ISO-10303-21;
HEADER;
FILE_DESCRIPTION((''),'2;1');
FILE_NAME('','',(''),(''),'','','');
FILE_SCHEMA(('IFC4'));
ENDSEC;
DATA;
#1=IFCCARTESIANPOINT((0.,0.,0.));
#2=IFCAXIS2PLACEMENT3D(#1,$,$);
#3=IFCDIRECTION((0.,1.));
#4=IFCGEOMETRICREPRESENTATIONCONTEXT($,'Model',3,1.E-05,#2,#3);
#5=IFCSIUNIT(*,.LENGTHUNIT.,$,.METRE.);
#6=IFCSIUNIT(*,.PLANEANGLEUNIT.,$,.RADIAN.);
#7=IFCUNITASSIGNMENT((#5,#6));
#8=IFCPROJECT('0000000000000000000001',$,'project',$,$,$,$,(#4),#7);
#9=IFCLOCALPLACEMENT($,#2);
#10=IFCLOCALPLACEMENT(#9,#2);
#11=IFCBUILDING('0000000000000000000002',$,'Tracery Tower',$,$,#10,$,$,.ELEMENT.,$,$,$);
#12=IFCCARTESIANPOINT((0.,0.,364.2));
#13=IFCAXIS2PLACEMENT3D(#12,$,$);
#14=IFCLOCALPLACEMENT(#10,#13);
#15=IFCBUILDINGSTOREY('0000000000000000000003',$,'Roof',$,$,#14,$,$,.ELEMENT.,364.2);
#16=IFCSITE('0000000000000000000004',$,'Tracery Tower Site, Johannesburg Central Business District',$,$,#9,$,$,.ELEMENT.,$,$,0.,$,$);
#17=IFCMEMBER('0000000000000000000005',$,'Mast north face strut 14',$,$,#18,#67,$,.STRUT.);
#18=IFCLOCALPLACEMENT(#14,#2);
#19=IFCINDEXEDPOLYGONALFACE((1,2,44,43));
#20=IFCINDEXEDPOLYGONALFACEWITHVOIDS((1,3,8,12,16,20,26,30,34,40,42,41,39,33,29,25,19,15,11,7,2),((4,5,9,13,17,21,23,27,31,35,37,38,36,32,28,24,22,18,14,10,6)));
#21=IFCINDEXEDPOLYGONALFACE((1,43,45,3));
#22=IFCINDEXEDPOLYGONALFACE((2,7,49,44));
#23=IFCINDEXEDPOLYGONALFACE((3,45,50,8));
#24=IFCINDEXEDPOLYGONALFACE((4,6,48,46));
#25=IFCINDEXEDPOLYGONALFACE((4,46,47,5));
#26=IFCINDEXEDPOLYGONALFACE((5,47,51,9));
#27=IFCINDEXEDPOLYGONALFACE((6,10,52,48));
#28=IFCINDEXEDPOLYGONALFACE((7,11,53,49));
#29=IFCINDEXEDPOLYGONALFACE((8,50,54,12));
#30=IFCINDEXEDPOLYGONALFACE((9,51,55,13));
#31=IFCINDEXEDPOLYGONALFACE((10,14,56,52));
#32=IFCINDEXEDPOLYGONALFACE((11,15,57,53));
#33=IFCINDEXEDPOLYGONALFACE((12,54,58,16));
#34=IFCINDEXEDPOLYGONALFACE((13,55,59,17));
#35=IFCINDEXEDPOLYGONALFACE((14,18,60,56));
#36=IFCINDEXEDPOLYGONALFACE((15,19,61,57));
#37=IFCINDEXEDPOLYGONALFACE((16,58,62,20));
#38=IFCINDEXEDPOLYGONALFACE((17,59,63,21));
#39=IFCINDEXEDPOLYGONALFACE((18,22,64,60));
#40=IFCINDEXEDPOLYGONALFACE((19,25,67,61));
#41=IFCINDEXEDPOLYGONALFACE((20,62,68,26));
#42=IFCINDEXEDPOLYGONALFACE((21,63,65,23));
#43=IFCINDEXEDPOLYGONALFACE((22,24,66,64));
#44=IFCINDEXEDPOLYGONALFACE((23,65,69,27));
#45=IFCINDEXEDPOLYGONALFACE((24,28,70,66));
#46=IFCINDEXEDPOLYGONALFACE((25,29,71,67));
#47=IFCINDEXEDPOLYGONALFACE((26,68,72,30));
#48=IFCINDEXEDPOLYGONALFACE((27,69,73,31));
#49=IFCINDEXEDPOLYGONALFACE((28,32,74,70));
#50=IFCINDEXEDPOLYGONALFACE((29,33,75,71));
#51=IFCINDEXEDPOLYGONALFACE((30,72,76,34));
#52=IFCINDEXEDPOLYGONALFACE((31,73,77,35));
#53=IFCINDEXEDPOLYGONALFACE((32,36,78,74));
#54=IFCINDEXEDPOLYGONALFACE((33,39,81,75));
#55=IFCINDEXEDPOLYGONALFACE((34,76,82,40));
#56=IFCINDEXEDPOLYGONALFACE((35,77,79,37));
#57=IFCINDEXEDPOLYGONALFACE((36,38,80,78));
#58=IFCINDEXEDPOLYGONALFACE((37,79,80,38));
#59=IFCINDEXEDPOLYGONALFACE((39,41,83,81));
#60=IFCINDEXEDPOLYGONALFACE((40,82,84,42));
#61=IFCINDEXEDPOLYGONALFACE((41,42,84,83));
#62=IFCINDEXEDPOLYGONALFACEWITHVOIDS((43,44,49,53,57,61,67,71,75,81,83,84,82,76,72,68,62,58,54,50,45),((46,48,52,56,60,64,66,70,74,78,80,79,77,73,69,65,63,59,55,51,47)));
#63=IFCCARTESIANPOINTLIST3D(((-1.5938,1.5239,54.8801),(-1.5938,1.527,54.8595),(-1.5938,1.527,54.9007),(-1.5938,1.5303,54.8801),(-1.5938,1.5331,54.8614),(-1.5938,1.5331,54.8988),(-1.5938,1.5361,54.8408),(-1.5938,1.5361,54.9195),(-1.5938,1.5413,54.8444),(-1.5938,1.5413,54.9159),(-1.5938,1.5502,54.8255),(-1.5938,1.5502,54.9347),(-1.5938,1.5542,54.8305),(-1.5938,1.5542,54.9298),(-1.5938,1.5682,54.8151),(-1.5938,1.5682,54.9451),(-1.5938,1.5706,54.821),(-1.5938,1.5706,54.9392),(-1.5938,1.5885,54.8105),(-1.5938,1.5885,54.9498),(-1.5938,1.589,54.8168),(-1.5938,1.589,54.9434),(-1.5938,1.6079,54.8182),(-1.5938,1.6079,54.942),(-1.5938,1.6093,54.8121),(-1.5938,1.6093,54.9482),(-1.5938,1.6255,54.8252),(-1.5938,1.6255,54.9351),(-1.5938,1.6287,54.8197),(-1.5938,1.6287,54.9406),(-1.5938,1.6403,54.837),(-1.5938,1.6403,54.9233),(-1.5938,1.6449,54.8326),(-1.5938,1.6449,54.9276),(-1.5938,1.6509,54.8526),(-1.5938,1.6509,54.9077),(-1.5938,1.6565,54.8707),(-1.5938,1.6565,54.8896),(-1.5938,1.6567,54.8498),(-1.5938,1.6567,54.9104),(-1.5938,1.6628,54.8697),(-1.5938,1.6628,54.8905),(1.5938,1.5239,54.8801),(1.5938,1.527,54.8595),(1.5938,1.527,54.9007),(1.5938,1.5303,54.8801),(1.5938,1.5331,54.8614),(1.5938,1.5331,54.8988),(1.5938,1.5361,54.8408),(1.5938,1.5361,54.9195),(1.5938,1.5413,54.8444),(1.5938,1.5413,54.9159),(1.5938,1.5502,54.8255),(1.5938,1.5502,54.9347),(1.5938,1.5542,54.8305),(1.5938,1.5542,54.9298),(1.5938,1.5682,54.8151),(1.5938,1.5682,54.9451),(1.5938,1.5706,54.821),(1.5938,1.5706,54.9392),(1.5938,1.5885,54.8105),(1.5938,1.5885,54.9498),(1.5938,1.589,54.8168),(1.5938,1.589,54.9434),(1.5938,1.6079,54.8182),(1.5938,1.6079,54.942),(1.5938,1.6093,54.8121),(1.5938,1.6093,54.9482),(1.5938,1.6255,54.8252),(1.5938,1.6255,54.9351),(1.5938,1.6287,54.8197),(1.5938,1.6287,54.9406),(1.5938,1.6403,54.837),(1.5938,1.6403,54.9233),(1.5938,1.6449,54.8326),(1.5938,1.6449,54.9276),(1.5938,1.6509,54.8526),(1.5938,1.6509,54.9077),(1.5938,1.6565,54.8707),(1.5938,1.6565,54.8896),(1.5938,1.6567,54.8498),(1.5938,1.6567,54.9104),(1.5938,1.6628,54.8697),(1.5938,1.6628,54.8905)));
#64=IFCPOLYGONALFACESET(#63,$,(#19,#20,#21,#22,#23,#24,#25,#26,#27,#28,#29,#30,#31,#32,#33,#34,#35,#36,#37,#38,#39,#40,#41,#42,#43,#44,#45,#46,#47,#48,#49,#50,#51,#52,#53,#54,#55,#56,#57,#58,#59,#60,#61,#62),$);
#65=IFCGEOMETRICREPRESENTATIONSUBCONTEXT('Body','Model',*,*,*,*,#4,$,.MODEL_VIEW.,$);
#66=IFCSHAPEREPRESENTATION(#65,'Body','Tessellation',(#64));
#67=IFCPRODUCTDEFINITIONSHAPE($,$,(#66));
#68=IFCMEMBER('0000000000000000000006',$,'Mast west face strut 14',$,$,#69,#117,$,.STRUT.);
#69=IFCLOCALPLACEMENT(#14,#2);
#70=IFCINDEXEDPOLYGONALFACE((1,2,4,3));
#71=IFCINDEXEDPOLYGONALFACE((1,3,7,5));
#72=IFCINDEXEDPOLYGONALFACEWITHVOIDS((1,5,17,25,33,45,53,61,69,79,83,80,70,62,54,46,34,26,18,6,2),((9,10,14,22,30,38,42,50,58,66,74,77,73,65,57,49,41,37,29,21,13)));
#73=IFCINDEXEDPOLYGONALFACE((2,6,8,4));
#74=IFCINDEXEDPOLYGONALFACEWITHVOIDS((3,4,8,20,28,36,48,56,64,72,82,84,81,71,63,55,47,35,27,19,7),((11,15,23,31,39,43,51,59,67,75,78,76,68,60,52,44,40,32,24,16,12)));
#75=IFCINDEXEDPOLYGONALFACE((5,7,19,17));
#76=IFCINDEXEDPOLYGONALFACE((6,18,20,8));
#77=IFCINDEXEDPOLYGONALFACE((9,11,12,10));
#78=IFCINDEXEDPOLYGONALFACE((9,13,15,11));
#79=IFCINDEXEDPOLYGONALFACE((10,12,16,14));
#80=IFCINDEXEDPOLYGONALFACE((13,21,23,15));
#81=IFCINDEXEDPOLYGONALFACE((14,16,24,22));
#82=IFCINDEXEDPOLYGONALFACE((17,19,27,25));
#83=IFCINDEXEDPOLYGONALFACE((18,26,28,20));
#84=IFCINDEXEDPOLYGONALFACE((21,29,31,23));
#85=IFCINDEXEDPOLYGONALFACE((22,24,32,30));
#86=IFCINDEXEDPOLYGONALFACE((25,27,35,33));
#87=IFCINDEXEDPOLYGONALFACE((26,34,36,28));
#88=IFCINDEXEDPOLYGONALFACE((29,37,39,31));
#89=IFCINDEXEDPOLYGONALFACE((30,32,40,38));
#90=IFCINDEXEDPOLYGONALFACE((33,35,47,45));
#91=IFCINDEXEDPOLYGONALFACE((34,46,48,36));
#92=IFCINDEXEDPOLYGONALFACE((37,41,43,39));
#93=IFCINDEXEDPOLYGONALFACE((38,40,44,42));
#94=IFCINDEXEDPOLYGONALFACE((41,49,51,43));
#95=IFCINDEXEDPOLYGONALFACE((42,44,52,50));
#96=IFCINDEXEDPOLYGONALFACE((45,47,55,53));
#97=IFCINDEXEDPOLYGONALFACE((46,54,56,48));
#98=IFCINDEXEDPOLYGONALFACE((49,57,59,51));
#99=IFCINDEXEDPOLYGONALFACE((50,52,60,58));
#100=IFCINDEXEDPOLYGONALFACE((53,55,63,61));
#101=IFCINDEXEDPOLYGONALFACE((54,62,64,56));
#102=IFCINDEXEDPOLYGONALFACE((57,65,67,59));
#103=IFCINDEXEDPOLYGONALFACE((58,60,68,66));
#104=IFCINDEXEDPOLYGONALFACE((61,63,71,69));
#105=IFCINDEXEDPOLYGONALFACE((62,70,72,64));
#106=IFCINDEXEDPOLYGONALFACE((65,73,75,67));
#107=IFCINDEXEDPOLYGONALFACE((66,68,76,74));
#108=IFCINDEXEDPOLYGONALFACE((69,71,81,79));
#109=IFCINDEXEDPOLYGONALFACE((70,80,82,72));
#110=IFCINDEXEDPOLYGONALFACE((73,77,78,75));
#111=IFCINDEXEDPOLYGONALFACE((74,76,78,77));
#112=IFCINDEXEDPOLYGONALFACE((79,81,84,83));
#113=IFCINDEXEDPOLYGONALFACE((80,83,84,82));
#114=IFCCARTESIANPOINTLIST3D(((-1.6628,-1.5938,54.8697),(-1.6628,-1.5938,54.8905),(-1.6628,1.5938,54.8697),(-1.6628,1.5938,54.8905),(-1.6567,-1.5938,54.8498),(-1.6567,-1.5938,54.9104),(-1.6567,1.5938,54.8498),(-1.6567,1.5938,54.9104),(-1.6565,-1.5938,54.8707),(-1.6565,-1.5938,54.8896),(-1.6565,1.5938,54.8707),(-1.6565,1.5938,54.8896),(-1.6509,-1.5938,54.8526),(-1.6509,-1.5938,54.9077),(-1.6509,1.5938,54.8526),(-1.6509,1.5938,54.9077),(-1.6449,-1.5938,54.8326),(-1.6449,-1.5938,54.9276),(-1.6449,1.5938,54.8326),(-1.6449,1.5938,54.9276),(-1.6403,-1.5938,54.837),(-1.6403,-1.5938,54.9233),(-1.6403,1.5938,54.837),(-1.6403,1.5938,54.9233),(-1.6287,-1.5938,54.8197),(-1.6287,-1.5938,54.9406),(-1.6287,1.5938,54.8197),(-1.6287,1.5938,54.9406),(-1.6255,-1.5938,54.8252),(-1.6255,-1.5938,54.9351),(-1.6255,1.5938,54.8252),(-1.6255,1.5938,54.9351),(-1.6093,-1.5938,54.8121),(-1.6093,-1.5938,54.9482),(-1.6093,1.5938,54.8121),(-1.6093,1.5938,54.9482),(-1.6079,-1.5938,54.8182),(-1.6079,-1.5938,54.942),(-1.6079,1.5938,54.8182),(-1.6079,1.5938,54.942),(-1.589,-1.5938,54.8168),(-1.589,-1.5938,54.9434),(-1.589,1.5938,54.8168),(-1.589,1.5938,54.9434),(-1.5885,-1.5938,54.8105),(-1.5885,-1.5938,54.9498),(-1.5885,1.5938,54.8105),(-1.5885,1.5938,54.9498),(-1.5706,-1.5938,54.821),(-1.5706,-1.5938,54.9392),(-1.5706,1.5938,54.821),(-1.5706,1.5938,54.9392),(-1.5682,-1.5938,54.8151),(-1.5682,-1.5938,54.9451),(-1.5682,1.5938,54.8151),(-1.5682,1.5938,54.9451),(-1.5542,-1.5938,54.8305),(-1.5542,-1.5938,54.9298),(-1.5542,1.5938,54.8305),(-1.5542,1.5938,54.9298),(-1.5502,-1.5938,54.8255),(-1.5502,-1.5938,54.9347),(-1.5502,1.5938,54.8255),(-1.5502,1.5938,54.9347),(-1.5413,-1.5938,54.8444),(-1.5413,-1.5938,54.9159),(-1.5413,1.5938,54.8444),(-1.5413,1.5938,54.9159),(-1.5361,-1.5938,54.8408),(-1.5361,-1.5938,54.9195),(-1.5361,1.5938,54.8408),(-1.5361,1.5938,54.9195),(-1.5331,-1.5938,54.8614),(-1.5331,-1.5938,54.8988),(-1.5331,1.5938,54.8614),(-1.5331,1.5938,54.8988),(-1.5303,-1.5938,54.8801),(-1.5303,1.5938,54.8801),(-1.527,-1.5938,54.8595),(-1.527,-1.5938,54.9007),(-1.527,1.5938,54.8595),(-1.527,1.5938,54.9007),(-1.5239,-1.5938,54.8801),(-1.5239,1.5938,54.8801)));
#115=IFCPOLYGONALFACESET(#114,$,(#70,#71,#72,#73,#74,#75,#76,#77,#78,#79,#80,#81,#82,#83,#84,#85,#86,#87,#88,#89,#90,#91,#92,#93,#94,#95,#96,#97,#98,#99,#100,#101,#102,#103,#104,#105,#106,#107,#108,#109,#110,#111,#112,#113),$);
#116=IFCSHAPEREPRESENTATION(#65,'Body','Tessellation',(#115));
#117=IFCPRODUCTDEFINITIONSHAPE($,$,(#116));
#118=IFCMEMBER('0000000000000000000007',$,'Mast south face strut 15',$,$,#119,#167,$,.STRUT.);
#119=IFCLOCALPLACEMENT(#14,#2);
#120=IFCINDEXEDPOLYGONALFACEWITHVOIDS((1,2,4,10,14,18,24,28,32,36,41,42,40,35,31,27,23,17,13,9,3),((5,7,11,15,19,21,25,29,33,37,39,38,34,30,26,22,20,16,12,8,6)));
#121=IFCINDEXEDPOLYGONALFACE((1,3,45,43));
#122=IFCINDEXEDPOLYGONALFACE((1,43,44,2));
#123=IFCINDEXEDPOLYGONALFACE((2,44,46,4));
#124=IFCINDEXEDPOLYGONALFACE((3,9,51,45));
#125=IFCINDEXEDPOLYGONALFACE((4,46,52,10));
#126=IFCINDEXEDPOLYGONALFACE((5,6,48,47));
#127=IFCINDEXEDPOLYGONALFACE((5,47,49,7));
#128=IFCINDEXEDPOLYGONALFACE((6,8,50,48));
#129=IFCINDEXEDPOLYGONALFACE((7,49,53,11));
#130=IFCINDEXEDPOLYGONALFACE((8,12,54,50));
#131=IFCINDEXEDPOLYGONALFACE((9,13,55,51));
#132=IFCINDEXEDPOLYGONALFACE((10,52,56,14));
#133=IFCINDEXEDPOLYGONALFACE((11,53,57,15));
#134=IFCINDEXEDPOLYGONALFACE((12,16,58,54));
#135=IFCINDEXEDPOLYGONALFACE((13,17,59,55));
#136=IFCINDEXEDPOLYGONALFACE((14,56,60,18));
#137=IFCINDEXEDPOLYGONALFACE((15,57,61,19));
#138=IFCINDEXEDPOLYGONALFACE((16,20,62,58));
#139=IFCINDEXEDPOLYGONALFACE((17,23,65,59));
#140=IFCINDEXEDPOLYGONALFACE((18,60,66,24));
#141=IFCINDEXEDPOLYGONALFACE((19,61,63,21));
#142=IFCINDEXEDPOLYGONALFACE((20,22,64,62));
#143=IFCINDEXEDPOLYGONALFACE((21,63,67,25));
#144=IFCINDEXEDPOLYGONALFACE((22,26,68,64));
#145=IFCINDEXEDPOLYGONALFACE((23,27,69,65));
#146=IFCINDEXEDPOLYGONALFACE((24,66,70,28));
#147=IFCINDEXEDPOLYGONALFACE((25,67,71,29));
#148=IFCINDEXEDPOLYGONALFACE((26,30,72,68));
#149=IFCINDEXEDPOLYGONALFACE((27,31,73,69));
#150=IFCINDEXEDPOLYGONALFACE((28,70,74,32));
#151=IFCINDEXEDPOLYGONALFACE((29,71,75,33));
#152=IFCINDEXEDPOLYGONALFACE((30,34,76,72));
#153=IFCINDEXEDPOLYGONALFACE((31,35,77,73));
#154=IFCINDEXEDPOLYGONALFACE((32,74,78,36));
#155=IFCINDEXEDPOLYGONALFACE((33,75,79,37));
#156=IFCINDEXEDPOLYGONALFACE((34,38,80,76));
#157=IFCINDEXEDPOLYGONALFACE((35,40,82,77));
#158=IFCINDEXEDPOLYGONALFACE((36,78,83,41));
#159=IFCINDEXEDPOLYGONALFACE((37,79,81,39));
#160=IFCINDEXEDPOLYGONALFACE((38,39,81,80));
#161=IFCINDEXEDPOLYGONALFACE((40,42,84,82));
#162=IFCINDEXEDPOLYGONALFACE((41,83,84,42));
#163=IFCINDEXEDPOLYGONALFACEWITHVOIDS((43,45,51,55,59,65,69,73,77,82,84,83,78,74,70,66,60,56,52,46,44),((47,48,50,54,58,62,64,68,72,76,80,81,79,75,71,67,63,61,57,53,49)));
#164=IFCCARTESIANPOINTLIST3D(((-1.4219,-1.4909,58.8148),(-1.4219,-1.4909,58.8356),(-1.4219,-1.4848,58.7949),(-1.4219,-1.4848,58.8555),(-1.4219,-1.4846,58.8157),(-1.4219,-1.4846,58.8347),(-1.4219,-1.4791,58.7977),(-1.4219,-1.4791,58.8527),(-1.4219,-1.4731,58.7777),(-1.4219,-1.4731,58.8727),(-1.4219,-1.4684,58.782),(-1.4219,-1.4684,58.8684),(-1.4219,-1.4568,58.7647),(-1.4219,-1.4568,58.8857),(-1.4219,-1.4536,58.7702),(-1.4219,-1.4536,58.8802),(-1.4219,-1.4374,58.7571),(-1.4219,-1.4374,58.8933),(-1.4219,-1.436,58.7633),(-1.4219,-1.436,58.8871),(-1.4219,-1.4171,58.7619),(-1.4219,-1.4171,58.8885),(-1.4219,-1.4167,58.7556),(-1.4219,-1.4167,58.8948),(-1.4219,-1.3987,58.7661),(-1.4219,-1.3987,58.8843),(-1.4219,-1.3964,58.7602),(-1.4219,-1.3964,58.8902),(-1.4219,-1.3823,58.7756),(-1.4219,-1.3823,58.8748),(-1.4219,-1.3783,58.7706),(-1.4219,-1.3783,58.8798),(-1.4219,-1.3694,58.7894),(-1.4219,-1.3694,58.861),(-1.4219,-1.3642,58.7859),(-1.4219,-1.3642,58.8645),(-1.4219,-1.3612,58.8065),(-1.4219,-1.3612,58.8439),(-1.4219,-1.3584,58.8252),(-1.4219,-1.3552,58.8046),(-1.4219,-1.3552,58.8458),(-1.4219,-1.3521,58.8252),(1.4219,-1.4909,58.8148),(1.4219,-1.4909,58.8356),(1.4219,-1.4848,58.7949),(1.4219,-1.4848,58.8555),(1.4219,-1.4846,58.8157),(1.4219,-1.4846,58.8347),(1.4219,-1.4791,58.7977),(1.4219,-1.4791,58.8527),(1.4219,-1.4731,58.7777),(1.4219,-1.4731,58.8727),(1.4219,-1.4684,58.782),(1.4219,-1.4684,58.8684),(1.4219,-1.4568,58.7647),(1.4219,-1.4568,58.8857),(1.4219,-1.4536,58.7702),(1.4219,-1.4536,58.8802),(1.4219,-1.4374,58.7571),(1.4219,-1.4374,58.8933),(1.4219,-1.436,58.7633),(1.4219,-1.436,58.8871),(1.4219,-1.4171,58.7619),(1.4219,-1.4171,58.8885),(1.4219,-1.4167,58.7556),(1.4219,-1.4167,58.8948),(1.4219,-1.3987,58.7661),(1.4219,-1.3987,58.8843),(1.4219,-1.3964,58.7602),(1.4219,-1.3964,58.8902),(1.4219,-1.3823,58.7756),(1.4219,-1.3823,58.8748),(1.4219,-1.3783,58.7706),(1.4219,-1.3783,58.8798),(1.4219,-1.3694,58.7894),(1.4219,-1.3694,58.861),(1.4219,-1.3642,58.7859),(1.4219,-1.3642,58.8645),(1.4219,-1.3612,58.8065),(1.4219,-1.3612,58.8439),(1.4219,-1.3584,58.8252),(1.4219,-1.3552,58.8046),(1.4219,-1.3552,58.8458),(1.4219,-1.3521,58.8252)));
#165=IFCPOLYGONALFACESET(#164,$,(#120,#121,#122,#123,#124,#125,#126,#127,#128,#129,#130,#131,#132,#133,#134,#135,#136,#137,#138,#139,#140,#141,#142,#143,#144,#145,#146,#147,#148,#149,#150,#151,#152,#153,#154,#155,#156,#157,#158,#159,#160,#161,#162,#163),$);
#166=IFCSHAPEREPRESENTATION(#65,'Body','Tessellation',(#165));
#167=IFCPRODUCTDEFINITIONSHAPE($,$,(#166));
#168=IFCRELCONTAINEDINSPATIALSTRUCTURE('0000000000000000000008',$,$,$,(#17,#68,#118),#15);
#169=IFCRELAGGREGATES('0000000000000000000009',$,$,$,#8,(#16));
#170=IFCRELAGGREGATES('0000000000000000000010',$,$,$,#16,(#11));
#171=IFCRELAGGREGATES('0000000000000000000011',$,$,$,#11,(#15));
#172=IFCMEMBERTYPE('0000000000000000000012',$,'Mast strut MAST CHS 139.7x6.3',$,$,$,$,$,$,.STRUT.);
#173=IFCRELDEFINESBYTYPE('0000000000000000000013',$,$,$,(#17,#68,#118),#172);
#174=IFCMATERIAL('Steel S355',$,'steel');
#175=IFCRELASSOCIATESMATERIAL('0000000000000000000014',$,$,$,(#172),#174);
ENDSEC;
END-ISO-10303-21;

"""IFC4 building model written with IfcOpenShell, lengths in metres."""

from ifc_helpers import new_model, si_unit, direction, frame, origin, origin_2d, place, context, subcontext, project, spatial, hollow_circle, extrude, material, material_profile, profile_set, type_object, element, save


model = new_model("IFC4")

# Units and contexts
model_context = context("Model", 3, precision=1e-05, world=origin(), true_north=direction((0.0, 1.0)))
body_context = subcontext(model_context, "Body", "Model", "MODEL_VIEW")
ifc_project = project(units=[si_unit("LENGTHUNIT", "METRE"), si_unit("PLANEANGLEUNIT", "RADIAN")], contexts=[model_context])

# Site, building, storey
site_placement = place(None, origin())
site = spatial("IfcSite", under=ifc_project, at=site_placement, Name="Tracery Tower Site, Johannesburg Central Business District", CompositionType="ELEMENT", RefElevation=0.0)
building_placement = place(site_placement, origin())
building = spatial("IfcBuilding", under=site, at=building_placement, Name="Tracery Tower", CompositionType="ELEMENT")
storey_placement = place(building_placement, frame((0.0, 0.0, 364.2)))
storey = spatial("IfcBuildingStorey", under=building, at=storey_placement, Name="Roof", CompositionType="ELEMENT", Elevation=364.2)

# Members
ifc_material_1 = material(Name="Steel S355", Category="steel")
ifc_material_profile_1 = material_profile(ifc_material_1, hollow_circle(Radius=0.0698, WallThickness=0.0063, at=origin_2d()), Name="CHS 139.7x6.3")
ifc_profile_set_1 = profile_set([ifc_material_profile_1], Name="Steel S355")
member_type_1 = type_object("IfcMemberType", Name="Mast strut MAST CHS 139.7x6.3", PredefinedType="STRUT", material=ifc_profile_set_1)
for number, where, z_axis, x_axis, name in (
    (1, (1.5938, 1.5938, 54.8801), (-1.0, 0.0, 0.0), (0.0, -1.0, 0.0), "Mast north face strut 14"),
    (2, (-1.5938, 1.5938, 54.8801), (0.0, -1.0, 0.0), (1.0, 0.0, 0.0), "Mast west face strut 14"),
):
    element("IfcMember", number, at=place(storey_placement, frame(where, z_axis=z_axis, x_axis=x_axis)), inside=storey, type_object=member_type_1, Name=name, PredefinedType="STRUT", context=body_context, shape_type="SweptSolid", body=[
        extrude(hollow_circle(Radius=0.0698, WallThickness=0.0063, at=origin_2d()), origin(), (0.0, 0.0, 1.0), 3.1875),
    ])
member_placement = place(storey_placement, frame((-1.4219, -1.4219, 58.8252), z_axis=(1.0, 0.0, 0.0), x_axis=(0.0, 1.0, 0.0)))
element("IfcMember", 3, at=member_placement, inside=storey, type_object=member_type_1, Name="Mast south face strut 15", PredefinedType="STRUT", context=body_context, shape_type="SweptSolid", body=[
    extrude(hollow_circle(Radius=0.0698, WallThickness=0.0063, at=origin_2d()), origin(), (0.0, 0.0, 1.0), 2.8438),
])

save(model, "model.ifc")
